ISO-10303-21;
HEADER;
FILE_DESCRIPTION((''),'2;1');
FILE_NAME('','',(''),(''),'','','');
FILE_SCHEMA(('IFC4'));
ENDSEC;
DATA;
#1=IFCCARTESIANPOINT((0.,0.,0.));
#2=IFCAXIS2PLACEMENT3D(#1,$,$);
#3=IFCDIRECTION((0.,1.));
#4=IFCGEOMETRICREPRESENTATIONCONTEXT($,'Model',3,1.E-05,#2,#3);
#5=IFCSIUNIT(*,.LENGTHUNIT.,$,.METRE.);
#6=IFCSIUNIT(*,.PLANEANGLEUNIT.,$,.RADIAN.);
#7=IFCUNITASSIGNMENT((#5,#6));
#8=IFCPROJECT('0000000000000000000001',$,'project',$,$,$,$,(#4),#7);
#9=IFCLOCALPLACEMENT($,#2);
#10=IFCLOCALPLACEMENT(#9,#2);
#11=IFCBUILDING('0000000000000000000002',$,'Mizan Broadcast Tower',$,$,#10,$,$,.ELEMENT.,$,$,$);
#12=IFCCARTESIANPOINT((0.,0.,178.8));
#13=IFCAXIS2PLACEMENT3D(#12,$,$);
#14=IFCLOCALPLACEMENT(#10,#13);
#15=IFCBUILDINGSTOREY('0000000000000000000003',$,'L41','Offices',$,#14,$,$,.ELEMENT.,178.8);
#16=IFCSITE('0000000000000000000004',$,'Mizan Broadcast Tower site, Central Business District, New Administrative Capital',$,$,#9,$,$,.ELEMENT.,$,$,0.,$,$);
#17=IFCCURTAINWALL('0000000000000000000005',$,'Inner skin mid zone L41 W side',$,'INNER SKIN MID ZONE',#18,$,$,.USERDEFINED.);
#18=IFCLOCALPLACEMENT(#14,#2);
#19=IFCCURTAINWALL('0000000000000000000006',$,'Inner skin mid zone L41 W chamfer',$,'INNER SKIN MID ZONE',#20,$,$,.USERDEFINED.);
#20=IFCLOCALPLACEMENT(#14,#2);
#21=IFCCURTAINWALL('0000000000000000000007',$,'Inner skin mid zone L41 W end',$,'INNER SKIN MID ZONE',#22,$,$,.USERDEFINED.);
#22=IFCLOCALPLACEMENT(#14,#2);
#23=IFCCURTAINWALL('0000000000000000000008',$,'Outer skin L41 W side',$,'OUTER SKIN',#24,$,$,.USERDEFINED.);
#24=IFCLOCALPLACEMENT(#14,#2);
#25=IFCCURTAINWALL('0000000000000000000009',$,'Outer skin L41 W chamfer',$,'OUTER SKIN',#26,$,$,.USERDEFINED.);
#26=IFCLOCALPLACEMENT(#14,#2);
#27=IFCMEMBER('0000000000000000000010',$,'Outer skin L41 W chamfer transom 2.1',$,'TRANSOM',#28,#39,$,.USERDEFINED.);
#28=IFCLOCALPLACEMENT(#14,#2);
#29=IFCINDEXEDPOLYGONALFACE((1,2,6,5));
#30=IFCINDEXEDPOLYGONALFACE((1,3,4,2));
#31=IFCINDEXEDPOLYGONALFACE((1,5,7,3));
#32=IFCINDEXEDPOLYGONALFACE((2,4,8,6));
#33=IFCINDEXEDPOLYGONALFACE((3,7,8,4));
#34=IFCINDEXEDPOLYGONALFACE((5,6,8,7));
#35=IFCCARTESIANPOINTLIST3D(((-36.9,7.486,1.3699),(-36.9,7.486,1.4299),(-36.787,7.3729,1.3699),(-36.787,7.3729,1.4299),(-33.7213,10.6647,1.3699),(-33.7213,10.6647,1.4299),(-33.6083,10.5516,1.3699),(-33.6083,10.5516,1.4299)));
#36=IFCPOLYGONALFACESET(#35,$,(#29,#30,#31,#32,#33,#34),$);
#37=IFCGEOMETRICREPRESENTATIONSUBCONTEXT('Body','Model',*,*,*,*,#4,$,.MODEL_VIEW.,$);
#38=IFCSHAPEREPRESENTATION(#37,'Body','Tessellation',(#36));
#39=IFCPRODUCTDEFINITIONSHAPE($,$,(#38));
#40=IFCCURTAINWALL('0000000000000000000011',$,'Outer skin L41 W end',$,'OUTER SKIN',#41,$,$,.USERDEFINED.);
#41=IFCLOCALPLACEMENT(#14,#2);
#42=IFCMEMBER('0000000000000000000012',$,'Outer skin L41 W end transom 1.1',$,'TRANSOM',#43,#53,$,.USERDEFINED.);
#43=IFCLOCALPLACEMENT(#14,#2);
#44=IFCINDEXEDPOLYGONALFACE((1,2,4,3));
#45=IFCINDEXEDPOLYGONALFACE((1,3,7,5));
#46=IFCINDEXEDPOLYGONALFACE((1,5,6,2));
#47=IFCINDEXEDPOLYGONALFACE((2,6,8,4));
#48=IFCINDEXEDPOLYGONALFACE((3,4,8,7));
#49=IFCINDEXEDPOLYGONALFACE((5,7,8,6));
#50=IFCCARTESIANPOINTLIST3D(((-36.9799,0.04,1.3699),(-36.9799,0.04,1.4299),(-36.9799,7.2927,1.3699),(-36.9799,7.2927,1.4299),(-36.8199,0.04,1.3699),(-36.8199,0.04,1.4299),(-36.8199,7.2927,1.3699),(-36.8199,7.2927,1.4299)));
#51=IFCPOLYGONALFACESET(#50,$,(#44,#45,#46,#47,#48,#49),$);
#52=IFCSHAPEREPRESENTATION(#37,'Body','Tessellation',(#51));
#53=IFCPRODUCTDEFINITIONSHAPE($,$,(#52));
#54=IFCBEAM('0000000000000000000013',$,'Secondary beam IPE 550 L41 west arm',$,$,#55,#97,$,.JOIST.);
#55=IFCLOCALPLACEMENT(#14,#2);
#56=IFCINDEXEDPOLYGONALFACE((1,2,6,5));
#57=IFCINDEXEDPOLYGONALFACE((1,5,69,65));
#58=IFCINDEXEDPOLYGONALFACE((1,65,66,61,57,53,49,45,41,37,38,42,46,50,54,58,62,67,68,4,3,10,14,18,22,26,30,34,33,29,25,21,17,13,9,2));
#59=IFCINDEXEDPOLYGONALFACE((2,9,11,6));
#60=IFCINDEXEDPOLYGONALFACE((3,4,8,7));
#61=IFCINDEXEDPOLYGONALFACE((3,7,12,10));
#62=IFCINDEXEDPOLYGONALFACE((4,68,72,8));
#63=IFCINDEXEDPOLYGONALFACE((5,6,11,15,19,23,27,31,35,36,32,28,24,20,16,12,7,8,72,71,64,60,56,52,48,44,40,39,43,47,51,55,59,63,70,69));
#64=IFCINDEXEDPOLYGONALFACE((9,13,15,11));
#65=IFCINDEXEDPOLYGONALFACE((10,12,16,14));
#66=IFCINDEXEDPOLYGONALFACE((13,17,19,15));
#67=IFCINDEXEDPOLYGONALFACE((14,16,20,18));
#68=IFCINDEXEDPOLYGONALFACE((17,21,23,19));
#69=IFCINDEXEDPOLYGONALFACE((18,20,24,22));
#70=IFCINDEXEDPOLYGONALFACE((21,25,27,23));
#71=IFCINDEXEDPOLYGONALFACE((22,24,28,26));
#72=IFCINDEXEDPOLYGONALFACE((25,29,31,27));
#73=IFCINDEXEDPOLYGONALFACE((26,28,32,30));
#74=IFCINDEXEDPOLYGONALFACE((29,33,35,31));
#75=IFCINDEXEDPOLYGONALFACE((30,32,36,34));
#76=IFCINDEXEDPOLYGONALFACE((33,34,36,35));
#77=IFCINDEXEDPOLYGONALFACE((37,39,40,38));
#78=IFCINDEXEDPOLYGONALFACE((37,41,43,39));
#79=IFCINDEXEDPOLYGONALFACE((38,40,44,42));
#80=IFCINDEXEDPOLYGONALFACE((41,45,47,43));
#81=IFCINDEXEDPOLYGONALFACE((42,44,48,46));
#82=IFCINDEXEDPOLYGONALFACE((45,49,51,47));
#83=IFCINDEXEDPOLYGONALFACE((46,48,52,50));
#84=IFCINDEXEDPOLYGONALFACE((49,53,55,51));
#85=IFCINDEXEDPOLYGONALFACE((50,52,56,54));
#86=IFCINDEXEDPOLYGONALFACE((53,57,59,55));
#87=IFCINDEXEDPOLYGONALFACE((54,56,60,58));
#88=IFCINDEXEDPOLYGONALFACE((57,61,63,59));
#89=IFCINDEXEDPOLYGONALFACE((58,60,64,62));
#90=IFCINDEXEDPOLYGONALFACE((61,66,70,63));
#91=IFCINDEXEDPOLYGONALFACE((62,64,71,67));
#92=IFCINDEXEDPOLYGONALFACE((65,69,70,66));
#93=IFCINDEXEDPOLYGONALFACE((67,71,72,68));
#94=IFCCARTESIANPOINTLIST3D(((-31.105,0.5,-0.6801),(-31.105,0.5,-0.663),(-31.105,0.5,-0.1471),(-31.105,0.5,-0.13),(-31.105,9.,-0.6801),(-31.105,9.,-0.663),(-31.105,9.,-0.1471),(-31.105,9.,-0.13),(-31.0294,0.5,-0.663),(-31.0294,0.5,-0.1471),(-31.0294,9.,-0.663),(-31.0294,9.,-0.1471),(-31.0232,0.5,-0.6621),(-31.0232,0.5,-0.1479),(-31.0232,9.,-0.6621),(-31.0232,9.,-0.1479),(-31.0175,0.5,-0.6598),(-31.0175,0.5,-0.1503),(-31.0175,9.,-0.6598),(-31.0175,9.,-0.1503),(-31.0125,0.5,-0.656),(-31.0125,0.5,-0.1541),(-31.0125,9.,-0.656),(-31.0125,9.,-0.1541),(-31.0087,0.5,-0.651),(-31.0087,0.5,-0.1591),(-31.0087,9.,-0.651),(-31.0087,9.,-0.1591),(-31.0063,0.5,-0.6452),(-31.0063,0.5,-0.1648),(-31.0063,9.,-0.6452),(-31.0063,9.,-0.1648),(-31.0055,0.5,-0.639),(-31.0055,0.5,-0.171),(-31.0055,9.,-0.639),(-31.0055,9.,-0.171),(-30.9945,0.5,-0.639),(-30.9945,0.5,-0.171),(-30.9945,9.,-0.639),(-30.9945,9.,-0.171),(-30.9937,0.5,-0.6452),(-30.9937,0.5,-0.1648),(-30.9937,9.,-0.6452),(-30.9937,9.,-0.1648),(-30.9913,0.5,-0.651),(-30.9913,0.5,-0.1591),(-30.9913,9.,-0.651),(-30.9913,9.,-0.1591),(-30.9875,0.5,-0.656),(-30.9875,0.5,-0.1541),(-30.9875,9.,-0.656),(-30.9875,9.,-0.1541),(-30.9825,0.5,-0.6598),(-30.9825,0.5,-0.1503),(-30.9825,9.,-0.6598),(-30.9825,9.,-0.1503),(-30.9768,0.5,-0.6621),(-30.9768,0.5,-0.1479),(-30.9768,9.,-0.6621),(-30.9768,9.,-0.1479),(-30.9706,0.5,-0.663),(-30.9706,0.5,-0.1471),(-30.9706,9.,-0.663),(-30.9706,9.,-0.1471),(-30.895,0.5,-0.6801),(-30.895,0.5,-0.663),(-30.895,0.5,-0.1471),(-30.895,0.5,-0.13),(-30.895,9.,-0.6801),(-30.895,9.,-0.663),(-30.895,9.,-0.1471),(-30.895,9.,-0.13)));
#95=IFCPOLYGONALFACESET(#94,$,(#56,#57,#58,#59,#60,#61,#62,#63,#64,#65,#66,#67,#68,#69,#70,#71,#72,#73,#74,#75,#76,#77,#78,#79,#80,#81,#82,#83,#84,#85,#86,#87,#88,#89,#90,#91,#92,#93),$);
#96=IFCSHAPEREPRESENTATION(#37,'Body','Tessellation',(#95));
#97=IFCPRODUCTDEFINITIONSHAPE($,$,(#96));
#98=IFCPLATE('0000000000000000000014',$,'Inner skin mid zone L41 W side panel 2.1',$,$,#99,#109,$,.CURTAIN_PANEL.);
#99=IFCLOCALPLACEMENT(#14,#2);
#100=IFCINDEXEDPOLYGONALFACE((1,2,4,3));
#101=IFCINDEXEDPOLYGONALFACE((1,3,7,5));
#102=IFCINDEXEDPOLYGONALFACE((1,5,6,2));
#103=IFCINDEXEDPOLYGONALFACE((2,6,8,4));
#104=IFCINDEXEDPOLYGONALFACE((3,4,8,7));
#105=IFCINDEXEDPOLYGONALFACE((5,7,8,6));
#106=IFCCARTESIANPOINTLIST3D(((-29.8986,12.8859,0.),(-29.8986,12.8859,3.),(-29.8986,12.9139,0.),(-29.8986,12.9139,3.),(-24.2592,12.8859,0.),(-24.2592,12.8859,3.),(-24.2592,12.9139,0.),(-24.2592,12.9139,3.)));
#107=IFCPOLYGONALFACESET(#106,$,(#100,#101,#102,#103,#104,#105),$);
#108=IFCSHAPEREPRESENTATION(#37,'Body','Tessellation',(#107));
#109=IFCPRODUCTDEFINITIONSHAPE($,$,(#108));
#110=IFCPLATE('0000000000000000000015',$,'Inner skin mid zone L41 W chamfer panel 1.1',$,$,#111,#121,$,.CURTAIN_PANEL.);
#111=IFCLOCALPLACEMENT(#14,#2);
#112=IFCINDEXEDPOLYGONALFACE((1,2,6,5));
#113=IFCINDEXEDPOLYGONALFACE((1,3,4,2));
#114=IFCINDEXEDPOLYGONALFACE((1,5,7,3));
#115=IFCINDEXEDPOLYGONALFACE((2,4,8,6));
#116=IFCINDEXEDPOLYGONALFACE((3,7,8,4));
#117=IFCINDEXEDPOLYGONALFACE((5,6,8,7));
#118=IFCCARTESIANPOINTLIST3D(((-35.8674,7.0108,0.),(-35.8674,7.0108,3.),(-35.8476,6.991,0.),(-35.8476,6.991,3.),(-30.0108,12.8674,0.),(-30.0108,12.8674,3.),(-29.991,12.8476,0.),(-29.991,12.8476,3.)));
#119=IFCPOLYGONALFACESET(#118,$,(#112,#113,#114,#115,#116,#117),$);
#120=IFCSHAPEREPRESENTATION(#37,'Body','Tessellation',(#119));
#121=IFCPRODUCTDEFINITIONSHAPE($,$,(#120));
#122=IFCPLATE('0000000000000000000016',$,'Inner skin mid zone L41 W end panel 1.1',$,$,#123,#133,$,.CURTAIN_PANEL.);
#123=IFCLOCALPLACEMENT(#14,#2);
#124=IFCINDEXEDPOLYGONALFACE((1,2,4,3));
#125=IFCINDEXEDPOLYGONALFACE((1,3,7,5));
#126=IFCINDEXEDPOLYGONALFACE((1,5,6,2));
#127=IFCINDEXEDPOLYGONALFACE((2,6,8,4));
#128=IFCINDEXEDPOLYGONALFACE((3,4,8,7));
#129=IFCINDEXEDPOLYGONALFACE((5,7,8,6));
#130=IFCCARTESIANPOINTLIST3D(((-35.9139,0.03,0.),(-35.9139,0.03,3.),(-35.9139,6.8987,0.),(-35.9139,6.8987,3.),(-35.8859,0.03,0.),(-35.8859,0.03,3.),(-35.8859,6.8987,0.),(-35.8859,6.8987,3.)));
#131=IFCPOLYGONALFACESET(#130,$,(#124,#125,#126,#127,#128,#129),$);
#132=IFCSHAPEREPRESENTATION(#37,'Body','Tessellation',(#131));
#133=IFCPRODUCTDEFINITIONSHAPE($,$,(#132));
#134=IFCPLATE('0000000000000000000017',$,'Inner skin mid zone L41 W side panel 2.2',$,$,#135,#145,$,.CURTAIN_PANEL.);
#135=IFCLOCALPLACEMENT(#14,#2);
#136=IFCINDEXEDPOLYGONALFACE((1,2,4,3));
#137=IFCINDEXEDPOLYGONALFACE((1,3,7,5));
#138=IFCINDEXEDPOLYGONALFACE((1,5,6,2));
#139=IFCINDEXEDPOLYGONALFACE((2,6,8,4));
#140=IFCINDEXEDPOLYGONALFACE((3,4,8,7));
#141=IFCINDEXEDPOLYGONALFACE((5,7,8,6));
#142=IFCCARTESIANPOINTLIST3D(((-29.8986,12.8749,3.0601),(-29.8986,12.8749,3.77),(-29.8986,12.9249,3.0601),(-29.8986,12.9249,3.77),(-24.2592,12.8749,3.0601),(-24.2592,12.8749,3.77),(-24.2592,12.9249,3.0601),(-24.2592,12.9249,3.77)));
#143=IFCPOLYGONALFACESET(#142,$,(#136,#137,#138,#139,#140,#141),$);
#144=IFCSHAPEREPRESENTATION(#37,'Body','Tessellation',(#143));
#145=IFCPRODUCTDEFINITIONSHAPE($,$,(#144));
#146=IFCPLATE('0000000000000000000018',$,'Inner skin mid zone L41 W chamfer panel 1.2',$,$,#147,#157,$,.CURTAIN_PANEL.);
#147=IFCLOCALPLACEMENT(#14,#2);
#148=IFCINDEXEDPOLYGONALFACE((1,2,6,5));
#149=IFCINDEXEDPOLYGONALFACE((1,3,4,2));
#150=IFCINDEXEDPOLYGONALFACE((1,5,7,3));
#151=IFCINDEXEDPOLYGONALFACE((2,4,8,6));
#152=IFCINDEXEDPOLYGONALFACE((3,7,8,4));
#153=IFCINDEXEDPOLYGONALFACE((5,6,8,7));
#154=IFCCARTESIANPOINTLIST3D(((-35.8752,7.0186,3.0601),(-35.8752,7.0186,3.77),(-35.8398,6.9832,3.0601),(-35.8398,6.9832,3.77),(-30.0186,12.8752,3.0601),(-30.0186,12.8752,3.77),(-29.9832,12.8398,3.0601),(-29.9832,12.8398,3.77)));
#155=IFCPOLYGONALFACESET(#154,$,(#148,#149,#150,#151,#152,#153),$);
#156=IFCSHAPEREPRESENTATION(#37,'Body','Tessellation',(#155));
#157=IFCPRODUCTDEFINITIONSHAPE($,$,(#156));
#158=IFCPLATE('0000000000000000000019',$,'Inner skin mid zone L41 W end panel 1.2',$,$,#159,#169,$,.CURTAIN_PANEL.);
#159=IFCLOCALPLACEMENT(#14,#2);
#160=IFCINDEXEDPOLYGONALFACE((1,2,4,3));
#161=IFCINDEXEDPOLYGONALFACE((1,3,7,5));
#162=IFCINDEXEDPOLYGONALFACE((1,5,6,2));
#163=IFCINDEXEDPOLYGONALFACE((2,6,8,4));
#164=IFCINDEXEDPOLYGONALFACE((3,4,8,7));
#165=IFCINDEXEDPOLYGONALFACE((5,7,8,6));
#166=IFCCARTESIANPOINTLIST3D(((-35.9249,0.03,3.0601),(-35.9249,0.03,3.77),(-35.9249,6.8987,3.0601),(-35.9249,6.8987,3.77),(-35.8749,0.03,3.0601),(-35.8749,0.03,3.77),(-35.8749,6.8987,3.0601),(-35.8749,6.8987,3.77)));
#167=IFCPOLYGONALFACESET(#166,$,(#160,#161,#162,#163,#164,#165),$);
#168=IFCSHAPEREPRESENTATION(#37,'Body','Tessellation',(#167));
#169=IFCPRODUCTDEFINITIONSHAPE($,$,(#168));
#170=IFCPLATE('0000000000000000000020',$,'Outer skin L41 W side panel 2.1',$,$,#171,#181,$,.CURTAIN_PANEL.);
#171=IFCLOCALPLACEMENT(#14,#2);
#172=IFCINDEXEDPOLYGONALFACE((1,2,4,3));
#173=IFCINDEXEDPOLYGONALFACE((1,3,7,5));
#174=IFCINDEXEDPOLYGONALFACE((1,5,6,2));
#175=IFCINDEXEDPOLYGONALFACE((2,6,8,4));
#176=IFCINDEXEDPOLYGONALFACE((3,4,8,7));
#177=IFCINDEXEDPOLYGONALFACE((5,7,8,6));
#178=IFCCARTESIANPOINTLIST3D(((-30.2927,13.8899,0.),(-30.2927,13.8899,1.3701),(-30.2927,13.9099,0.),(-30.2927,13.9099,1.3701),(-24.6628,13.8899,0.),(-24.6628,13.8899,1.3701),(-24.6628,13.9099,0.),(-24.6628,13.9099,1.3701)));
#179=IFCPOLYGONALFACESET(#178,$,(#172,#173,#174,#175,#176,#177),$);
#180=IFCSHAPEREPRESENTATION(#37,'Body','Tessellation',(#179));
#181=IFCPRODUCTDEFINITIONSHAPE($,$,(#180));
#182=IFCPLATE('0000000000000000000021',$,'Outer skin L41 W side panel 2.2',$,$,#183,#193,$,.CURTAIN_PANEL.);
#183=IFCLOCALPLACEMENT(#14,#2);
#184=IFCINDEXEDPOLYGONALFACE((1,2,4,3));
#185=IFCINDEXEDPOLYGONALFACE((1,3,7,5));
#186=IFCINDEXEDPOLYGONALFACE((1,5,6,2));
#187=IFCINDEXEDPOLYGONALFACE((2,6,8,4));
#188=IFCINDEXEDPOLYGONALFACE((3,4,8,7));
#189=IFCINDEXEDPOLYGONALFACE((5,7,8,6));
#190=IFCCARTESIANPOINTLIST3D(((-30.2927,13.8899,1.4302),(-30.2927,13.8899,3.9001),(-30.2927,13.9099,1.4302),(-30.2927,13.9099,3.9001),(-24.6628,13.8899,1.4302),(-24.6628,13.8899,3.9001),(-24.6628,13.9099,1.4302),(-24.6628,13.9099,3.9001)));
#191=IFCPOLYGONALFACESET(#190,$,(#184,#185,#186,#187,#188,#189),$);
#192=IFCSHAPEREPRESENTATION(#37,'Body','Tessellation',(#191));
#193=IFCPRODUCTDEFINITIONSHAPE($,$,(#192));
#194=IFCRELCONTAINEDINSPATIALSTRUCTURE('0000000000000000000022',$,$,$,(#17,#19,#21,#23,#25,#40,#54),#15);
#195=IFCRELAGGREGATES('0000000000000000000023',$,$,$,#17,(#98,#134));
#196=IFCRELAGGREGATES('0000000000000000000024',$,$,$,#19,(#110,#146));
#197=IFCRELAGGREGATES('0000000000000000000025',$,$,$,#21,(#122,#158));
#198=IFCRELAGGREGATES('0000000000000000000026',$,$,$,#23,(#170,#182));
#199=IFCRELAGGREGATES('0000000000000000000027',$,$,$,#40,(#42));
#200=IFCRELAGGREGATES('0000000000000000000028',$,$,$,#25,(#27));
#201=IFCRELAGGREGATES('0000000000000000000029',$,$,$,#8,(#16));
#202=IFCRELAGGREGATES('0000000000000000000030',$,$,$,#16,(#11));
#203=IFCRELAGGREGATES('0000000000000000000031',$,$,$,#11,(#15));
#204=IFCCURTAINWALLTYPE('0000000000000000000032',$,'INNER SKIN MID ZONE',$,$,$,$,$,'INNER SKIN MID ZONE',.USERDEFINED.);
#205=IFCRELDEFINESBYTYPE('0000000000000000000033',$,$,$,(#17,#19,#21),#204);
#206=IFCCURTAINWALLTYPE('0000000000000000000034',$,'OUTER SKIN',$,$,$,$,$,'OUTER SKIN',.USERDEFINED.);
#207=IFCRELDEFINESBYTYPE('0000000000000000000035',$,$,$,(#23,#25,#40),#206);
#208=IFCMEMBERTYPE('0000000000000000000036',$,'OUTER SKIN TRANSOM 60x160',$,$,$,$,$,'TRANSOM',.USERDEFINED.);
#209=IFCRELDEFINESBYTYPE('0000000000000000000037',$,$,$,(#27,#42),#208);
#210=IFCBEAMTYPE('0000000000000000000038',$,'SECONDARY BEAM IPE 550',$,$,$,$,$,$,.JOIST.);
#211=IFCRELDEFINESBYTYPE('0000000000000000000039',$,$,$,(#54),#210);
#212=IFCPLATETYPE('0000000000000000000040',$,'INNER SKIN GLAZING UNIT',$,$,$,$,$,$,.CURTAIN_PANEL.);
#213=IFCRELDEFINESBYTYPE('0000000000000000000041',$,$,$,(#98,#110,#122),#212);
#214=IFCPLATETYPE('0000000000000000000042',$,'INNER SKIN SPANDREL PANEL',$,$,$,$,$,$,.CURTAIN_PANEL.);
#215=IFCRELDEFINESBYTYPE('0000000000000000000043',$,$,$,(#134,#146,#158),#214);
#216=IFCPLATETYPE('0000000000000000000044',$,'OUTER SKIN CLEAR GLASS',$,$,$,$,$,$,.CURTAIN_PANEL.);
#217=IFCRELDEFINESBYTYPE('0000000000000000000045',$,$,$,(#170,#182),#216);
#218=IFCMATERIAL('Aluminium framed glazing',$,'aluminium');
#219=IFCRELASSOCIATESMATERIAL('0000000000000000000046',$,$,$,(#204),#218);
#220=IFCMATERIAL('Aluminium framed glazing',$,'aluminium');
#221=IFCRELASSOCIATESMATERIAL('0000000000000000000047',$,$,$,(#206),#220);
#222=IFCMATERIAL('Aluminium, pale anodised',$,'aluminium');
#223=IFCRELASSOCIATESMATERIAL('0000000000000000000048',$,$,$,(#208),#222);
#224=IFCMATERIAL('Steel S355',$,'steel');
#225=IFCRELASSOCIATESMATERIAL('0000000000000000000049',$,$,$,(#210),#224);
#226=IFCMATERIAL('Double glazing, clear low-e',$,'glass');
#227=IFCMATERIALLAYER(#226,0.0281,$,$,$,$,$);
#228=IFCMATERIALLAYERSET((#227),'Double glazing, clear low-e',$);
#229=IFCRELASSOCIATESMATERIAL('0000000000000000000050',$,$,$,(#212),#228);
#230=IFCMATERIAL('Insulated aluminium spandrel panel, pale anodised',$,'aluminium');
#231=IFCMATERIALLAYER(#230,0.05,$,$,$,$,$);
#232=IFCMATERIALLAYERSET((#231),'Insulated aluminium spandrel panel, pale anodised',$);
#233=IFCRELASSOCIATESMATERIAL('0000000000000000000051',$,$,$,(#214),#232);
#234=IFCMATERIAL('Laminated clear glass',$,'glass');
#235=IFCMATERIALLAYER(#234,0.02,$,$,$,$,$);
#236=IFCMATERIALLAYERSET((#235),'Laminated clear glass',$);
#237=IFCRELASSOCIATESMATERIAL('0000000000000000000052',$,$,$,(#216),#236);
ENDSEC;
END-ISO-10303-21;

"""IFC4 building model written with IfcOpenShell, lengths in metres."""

from ifc_helpers import new_model, si_unit, direction, frame, origin, origin_2d, place, context, subcontext, project, spatial, rectangle, i_section, extrude, material, layer, layer_set, material_profile, profile_set, type_object, element, aggregate, save


model = new_model("IFC4")

# Units and contexts
model_context = context("Model", 3, precision=1e-05, world=origin(), true_north=direction((0.0, 1.0)))
body_context = subcontext(model_context, "Body", "Model", "MODEL_VIEW")
ifc_project = project(units=[si_unit("LENGTHUNIT", "METRE"), si_unit("PLANEANGLEUNIT", "RADIAN")], contexts=[model_context])

# Site, building, storey
site_placement = place(None, origin())
site = spatial("IfcSite", under=ifc_project, at=site_placement, Name="Mizan Broadcast Tower site, Central Business District, New Administrative Capital", CompositionType="ELEMENT", RefElevation=0.0)
building_placement = place(site_placement, origin())
building = spatial("IfcBuilding", under=site, at=building_placement, Name="Mizan Broadcast Tower", CompositionType="ELEMENT")
storey_placement = place(building_placement, frame((0.0, 0.0, 178.8)))
storey = spatial("IfcBuildingStorey", under=building, at=storey_placement, Name="L41", Description="Offices", CompositionType="ELEMENT", Elevation=178.8)

# Curtain wall
ifc_material_1 = material(Name="Aluminium framed glazing", Category="aluminium")
curtain_wall_type_1 = type_object("IfcCurtainWallType", Name="INNER SKIN MID ZONE", ElementType="INNER SKIN MID ZONE", PredefinedType="USERDEFINED", material=ifc_material_1)
curtain_wall_1_placement = place(storey_placement, origin())
curtain_wall_1 = element("IfcCurtainWall", 1, at=curtain_wall_1_placement, inside=storey, type_object=curtain_wall_type_1, Name="Inner skin mid zone L41 W side", ObjectType="INNER SKIN MID ZONE", PredefinedType="USERDEFINED")

# Curtain wall
curtain_wall_2_placement = place(storey_placement, origin())
curtain_wall_2 = element("IfcCurtainWall", 2, at=curtain_wall_2_placement, inside=storey, type_object=curtain_wall_type_1, Name="Inner skin mid zone L41 W chamfer", ObjectType="INNER SKIN MID ZONE", PredefinedType="USERDEFINED")

# Curtain walls
curtain_wall_3_placement = place(storey_placement, origin())
curtain_wall_3 = element("IfcCurtainWall", 3, at=curtain_wall_3_placement, inside=storey, type_object=curtain_wall_type_1, Name="Inner skin mid zone L41 W end", ObjectType="INNER SKIN MID ZONE", PredefinedType="USERDEFINED")
ifc_material_2 = material(Name="Aluminium framed glazing", Category="aluminium")
curtain_wall_type_2 = type_object("IfcCurtainWallType", Name="OUTER SKIN", ElementType="OUTER SKIN", PredefinedType="USERDEFINED", material=ifc_material_2)
curtain_wall_4_placement = place(storey_placement, origin())
curtain_wall_4 = element("IfcCurtainWall", 4, at=curtain_wall_4_placement, inside=storey, type_object=curtain_wall_type_2, Name="Outer skin L41 W side", ObjectType="OUTER SKIN", PredefinedType="USERDEFINED")

# Curtain wall, member
curtain_wall_5_placement = place(storey_placement, origin())
curtain_wall_5 = element("IfcCurtainWall", 5, at=curtain_wall_5_placement, inside=storey, type_object=curtain_wall_type_2, Name="Outer skin L41 W chamfer", ObjectType="OUTER SKIN", PredefinedType="USERDEFINED")
ifc_material_3 = material(Name="Aluminium, pale anodised", Category="aluminium")
ifc_material_profile_1 = material_profile(ifc_material_3, rectangle(XDim=0.1599, YDim=0.0601, at=origin_2d()), Name="TRANSOM 160x60")
ifc_profile_set_1 = profile_set([ifc_material_profile_1], Name="Aluminium, pale anodised")
member_type_1 = type_object("IfcMemberType", Name="OUTER SKIN TRANSOM 60x160", ElementType="TRANSOM", PredefinedType="USERDEFINED", material=ifc_profile_set_1)
member_1_placement = place(storey_placement, frame((-33.6648, 10.6082, 1.3999), z_axis=(-0.707107, -0.707107, 0.0), x_axis=(0.707107, -0.707107, 0.0)))
member_1 = element("IfcMember", 6, at=member_1_placement, type_object=member_type_1, Name="Outer skin L41 W chamfer transom 2.1", ObjectType="TRANSOM", PredefinedType="USERDEFINED", context=body_context, shape_type="SweptSolid", body=[
    extrude(rectangle(XDim=0.1599, YDim=0.0601, at=origin_2d()), origin(), (0.0, 0.0, 1.0), 4.4954),
])

# Curtain wall, member
curtain_wall_6_placement = place(storey_placement, origin())
curtain_wall_6 = element("IfcCurtainWall", 7, at=curtain_wall_6_placement, inside=storey, type_object=curtain_wall_type_2, Name="Outer skin L41 W end", ObjectType="OUTER SKIN", PredefinedType="USERDEFINED")
member_2_placement = place(storey_placement, frame((-36.8999, 7.2927, 1.3999), z_axis=(0.0, -1.0, 0.0), x_axis=(1.0, 0.0, 0.0)))
member_2 = element("IfcMember", 8, at=member_2_placement, type_object=member_type_1, Name="Outer skin L41 W end transom 1.1", ObjectType="TRANSOM", PredefinedType="USERDEFINED", context=body_context, shape_type="SweptSolid", body=[
    extrude(rectangle(XDim=0.1599, YDim=0.0601, at=origin_2d()), origin(), (0.0, 0.0, 1.0), 7.2527),
])

# Beam
ifc_material_4 = material(Name="Steel S355", Category="steel")
ifc_material_profile_2 = material_profile(ifc_material_4, i_section(OverallWidth=0.21, OverallDepth=0.55, WebThickness=0.011, FlangeThickness=0.0171, FilletRadius=0.0239, at=origin_2d()), Name="IPE 550")
ifc_profile_set_2 = profile_set([ifc_material_profile_2], Name="Steel S355")
beam_type_1 = type_object("IfcBeamType", Name="SECONDARY BEAM IPE 550", PredefinedType="JOIST", material=ifc_profile_set_2)
beam_1_placement = place(storey_placement, frame((-31.0, 9.0, -0.405), z_axis=(0.0, -1.0, 0.0), x_axis=(1.0, 0.0, 0.0)))
element("IfcBeam", 9, at=beam_1_placement, inside=storey, type_object=beam_type_1, Name="Secondary beam IPE 550 L41 west arm", PredefinedType="JOIST", context=body_context, shape_type="SweptSolid", body=[
    extrude(i_section(OverallWidth=0.21, OverallDepth=0.55, WebThickness=0.011, FlangeThickness=0.0171, FilletRadius=0.0239, at=origin_2d()), origin(), (0.0, 0.0, 1.0), 8.5),
])

# Plates
ifc_material_5 = material(Name="Double glazing, clear low-e", Category="glass")
ifc_layer_1 = layer(ifc_material_5, 0.0281)
ifc_layer_set_1 = layer_set([ifc_layer_1], Name="Double glazing, clear low-e")
plate_type_1 = type_object("IfcPlateType", Name="INNER SKIN GLAZING UNIT", PredefinedType="CURTAIN_PANEL", material=ifc_layer_set_1)
plate_1_placement = place(storey_placement, frame((-27.0789, 12.8999, 0.0), z_axis=(0.0, 0.0, 1.0), x_axis=(-1.0, 0.0, 0.0)))
plate_1 = element("IfcPlate", 10, at=plate_1_placement, type_object=plate_type_1, Name="Inner skin mid zone L41 W side panel 2.1", PredefinedType="CURTAIN_PANEL", context=body_context, shape_type="SweptSolid", body=[
    extrude(rectangle(XDim=5.6394, YDim=0.0281, at=origin_2d()), origin(), (0.0, 0.0, 1.0), 3.0),
])
plate_2_placement = place(storey_placement, frame((-32.9292, 9.9292, 0.0), z_axis=(0.0, 0.0, 1.0), x_axis=(-0.707107, -0.707107, 0.0)))
plate_2 = element("IfcPlate", 11, at=plate_2_placement, type_object=plate_type_1, Name="Inner skin mid zone L41 W chamfer panel 1.1", PredefinedType="CURTAIN_PANEL", context=body_context, shape_type="SweptSolid", body=[
    extrude(rectangle(XDim=8.2825, YDim=0.0281, at=origin_2d()), origin(), (0.0, 0.0, 1.0), 3.0),
])
plate_3_placement = place(storey_placement, frame((-35.8999, 3.4644, 0.0), z_axis=(0.0, 0.0, 1.0), x_axis=(0.0, -1.0, 0.0)))
plate_3 = element("IfcPlate", 12, at=plate_3_placement, type_object=plate_type_1, Name="Inner skin mid zone L41 W end panel 1.1", PredefinedType="CURTAIN_PANEL", context=body_context, shape_type="SweptSolid", body=[
    extrude(rectangle(XDim=6.8687, YDim=0.0281, at=origin_2d()), origin(), (0.0, 0.0, 1.0), 3.0),
])
ifc_material_6 = material(Name="Insulated aluminium spandrel panel, pale anodised", Category="aluminium")
ifc_layer_2 = layer(ifc_material_6, 0.05)
ifc_layer_set_2 = layer_set([ifc_layer_2], Name="Insulated aluminium spandrel panel, pale anodised")
plate_type_2 = type_object("IfcPlateType", Name="INNER SKIN SPANDREL PANEL", PredefinedType="CURTAIN_PANEL", material=ifc_layer_set_2)
plate_4_placement = place(storey_placement, frame((-27.0789, 12.8999, 3.0601), z_axis=(0.0, 0.0, 1.0), x_axis=(-1.0, 0.0, 0.0)))
plate_4 = element("IfcPlate", 13, at=plate_4_placement, type_object=plate_type_2, Name="Inner skin mid zone L41 W side panel 2.2", PredefinedType="CURTAIN_PANEL", context=body_context, shape_type="SweptSolid", body=[
    extrude(rectangle(XDim=5.6394, YDim=0.05, at=origin_2d()), origin(), (0.0, 0.0, 1.0), 0.71),
])
aggregate(curtain_wall_1, [plate_1, plate_4])
plate_5_placement = place(storey_placement, frame((-32.9292, 9.9292, 3.0601), z_axis=(0.0, 0.0, 1.0), x_axis=(-0.707107, -0.707107, 0.0)))
plate_5 = element("IfcPlate", 14, at=plate_5_placement, type_object=plate_type_2, Name="Inner skin mid zone L41 W chamfer panel 1.2", PredefinedType="CURTAIN_PANEL", context=body_context, shape_type="SweptSolid", body=[
    extrude(rectangle(XDim=8.2825, YDim=0.05, at=origin_2d()), origin(), (0.0, 0.0, 1.0), 0.71),
])
aggregate(curtain_wall_2, [plate_2, plate_5])
plate_6_placement = place(storey_placement, frame((-35.8999, 3.4644, 3.0601), z_axis=(0.0, 0.0, 1.0), x_axis=(0.0, -1.0, 0.0)))
plate_6 = element("IfcPlate", 15, at=plate_6_placement, type_object=plate_type_2, Name="Inner skin mid zone L41 W end panel 1.2", PredefinedType="CURTAIN_PANEL", context=body_context, shape_type="SweptSolid", body=[
    extrude(rectangle(XDim=6.8687, YDim=0.05, at=origin_2d()), origin(), (0.0, 0.0, 1.0), 0.71),
])
aggregate(curtain_wall_3, [plate_3, plate_6])
ifc_material_7 = material(Name="Laminated clear glass", Category="glass")
ifc_layer_3 = layer(ifc_material_7, 0.02)
ifc_layer_set_3 = layer_set([ifc_layer_3], Name="Laminated clear glass")
plate_type_3 = type_object("IfcPlateType", Name="OUTER SKIN CLEAR GLASS", PredefinedType="CURTAIN_PANEL", material=ifc_layer_set_3)
plate_7_placement = place(storey_placement, frame((-27.4778, 13.8999, 0.0), z_axis=(0.0, 0.0, 1.0), x_axis=(-1.0, 0.0, 0.0)))
plate_7 = element("IfcPlate", 16, at=plate_7_placement, type_object=plate_type_3, Name="Outer skin L41 W side panel 2.1", PredefinedType="CURTAIN_PANEL", context=body_context, shape_type="SweptSolid", body=[
    extrude(rectangle(XDim=5.6299, YDim=0.02, at=origin_2d()), origin(), (0.0, 0.0, 1.0), 1.3701),
])
plate_8_placement = place(storey_placement, frame((-27.4778, 13.8999, 1.4302), z_axis=(0.0, 0.0, 1.0), x_axis=(-1.0, 0.0, 0.0)))
plate_8 = element("IfcPlate", 17, at=plate_8_placement, type_object=plate_type_3, Name="Outer skin L41 W side panel 2.2", PredefinedType="CURTAIN_PANEL", context=body_context, shape_type="SweptSolid", body=[
    extrude(rectangle(XDim=5.6299, YDim=0.02, at=origin_2d()), origin(), (0.0, 0.0, 1.0), 2.47),
])
aggregate(curtain_wall_4, [plate_7, plate_8])
aggregate(curtain_wall_6, [member_2])
aggregate(curtain_wall_5, [member_1])

save(model, "model.ifc")
